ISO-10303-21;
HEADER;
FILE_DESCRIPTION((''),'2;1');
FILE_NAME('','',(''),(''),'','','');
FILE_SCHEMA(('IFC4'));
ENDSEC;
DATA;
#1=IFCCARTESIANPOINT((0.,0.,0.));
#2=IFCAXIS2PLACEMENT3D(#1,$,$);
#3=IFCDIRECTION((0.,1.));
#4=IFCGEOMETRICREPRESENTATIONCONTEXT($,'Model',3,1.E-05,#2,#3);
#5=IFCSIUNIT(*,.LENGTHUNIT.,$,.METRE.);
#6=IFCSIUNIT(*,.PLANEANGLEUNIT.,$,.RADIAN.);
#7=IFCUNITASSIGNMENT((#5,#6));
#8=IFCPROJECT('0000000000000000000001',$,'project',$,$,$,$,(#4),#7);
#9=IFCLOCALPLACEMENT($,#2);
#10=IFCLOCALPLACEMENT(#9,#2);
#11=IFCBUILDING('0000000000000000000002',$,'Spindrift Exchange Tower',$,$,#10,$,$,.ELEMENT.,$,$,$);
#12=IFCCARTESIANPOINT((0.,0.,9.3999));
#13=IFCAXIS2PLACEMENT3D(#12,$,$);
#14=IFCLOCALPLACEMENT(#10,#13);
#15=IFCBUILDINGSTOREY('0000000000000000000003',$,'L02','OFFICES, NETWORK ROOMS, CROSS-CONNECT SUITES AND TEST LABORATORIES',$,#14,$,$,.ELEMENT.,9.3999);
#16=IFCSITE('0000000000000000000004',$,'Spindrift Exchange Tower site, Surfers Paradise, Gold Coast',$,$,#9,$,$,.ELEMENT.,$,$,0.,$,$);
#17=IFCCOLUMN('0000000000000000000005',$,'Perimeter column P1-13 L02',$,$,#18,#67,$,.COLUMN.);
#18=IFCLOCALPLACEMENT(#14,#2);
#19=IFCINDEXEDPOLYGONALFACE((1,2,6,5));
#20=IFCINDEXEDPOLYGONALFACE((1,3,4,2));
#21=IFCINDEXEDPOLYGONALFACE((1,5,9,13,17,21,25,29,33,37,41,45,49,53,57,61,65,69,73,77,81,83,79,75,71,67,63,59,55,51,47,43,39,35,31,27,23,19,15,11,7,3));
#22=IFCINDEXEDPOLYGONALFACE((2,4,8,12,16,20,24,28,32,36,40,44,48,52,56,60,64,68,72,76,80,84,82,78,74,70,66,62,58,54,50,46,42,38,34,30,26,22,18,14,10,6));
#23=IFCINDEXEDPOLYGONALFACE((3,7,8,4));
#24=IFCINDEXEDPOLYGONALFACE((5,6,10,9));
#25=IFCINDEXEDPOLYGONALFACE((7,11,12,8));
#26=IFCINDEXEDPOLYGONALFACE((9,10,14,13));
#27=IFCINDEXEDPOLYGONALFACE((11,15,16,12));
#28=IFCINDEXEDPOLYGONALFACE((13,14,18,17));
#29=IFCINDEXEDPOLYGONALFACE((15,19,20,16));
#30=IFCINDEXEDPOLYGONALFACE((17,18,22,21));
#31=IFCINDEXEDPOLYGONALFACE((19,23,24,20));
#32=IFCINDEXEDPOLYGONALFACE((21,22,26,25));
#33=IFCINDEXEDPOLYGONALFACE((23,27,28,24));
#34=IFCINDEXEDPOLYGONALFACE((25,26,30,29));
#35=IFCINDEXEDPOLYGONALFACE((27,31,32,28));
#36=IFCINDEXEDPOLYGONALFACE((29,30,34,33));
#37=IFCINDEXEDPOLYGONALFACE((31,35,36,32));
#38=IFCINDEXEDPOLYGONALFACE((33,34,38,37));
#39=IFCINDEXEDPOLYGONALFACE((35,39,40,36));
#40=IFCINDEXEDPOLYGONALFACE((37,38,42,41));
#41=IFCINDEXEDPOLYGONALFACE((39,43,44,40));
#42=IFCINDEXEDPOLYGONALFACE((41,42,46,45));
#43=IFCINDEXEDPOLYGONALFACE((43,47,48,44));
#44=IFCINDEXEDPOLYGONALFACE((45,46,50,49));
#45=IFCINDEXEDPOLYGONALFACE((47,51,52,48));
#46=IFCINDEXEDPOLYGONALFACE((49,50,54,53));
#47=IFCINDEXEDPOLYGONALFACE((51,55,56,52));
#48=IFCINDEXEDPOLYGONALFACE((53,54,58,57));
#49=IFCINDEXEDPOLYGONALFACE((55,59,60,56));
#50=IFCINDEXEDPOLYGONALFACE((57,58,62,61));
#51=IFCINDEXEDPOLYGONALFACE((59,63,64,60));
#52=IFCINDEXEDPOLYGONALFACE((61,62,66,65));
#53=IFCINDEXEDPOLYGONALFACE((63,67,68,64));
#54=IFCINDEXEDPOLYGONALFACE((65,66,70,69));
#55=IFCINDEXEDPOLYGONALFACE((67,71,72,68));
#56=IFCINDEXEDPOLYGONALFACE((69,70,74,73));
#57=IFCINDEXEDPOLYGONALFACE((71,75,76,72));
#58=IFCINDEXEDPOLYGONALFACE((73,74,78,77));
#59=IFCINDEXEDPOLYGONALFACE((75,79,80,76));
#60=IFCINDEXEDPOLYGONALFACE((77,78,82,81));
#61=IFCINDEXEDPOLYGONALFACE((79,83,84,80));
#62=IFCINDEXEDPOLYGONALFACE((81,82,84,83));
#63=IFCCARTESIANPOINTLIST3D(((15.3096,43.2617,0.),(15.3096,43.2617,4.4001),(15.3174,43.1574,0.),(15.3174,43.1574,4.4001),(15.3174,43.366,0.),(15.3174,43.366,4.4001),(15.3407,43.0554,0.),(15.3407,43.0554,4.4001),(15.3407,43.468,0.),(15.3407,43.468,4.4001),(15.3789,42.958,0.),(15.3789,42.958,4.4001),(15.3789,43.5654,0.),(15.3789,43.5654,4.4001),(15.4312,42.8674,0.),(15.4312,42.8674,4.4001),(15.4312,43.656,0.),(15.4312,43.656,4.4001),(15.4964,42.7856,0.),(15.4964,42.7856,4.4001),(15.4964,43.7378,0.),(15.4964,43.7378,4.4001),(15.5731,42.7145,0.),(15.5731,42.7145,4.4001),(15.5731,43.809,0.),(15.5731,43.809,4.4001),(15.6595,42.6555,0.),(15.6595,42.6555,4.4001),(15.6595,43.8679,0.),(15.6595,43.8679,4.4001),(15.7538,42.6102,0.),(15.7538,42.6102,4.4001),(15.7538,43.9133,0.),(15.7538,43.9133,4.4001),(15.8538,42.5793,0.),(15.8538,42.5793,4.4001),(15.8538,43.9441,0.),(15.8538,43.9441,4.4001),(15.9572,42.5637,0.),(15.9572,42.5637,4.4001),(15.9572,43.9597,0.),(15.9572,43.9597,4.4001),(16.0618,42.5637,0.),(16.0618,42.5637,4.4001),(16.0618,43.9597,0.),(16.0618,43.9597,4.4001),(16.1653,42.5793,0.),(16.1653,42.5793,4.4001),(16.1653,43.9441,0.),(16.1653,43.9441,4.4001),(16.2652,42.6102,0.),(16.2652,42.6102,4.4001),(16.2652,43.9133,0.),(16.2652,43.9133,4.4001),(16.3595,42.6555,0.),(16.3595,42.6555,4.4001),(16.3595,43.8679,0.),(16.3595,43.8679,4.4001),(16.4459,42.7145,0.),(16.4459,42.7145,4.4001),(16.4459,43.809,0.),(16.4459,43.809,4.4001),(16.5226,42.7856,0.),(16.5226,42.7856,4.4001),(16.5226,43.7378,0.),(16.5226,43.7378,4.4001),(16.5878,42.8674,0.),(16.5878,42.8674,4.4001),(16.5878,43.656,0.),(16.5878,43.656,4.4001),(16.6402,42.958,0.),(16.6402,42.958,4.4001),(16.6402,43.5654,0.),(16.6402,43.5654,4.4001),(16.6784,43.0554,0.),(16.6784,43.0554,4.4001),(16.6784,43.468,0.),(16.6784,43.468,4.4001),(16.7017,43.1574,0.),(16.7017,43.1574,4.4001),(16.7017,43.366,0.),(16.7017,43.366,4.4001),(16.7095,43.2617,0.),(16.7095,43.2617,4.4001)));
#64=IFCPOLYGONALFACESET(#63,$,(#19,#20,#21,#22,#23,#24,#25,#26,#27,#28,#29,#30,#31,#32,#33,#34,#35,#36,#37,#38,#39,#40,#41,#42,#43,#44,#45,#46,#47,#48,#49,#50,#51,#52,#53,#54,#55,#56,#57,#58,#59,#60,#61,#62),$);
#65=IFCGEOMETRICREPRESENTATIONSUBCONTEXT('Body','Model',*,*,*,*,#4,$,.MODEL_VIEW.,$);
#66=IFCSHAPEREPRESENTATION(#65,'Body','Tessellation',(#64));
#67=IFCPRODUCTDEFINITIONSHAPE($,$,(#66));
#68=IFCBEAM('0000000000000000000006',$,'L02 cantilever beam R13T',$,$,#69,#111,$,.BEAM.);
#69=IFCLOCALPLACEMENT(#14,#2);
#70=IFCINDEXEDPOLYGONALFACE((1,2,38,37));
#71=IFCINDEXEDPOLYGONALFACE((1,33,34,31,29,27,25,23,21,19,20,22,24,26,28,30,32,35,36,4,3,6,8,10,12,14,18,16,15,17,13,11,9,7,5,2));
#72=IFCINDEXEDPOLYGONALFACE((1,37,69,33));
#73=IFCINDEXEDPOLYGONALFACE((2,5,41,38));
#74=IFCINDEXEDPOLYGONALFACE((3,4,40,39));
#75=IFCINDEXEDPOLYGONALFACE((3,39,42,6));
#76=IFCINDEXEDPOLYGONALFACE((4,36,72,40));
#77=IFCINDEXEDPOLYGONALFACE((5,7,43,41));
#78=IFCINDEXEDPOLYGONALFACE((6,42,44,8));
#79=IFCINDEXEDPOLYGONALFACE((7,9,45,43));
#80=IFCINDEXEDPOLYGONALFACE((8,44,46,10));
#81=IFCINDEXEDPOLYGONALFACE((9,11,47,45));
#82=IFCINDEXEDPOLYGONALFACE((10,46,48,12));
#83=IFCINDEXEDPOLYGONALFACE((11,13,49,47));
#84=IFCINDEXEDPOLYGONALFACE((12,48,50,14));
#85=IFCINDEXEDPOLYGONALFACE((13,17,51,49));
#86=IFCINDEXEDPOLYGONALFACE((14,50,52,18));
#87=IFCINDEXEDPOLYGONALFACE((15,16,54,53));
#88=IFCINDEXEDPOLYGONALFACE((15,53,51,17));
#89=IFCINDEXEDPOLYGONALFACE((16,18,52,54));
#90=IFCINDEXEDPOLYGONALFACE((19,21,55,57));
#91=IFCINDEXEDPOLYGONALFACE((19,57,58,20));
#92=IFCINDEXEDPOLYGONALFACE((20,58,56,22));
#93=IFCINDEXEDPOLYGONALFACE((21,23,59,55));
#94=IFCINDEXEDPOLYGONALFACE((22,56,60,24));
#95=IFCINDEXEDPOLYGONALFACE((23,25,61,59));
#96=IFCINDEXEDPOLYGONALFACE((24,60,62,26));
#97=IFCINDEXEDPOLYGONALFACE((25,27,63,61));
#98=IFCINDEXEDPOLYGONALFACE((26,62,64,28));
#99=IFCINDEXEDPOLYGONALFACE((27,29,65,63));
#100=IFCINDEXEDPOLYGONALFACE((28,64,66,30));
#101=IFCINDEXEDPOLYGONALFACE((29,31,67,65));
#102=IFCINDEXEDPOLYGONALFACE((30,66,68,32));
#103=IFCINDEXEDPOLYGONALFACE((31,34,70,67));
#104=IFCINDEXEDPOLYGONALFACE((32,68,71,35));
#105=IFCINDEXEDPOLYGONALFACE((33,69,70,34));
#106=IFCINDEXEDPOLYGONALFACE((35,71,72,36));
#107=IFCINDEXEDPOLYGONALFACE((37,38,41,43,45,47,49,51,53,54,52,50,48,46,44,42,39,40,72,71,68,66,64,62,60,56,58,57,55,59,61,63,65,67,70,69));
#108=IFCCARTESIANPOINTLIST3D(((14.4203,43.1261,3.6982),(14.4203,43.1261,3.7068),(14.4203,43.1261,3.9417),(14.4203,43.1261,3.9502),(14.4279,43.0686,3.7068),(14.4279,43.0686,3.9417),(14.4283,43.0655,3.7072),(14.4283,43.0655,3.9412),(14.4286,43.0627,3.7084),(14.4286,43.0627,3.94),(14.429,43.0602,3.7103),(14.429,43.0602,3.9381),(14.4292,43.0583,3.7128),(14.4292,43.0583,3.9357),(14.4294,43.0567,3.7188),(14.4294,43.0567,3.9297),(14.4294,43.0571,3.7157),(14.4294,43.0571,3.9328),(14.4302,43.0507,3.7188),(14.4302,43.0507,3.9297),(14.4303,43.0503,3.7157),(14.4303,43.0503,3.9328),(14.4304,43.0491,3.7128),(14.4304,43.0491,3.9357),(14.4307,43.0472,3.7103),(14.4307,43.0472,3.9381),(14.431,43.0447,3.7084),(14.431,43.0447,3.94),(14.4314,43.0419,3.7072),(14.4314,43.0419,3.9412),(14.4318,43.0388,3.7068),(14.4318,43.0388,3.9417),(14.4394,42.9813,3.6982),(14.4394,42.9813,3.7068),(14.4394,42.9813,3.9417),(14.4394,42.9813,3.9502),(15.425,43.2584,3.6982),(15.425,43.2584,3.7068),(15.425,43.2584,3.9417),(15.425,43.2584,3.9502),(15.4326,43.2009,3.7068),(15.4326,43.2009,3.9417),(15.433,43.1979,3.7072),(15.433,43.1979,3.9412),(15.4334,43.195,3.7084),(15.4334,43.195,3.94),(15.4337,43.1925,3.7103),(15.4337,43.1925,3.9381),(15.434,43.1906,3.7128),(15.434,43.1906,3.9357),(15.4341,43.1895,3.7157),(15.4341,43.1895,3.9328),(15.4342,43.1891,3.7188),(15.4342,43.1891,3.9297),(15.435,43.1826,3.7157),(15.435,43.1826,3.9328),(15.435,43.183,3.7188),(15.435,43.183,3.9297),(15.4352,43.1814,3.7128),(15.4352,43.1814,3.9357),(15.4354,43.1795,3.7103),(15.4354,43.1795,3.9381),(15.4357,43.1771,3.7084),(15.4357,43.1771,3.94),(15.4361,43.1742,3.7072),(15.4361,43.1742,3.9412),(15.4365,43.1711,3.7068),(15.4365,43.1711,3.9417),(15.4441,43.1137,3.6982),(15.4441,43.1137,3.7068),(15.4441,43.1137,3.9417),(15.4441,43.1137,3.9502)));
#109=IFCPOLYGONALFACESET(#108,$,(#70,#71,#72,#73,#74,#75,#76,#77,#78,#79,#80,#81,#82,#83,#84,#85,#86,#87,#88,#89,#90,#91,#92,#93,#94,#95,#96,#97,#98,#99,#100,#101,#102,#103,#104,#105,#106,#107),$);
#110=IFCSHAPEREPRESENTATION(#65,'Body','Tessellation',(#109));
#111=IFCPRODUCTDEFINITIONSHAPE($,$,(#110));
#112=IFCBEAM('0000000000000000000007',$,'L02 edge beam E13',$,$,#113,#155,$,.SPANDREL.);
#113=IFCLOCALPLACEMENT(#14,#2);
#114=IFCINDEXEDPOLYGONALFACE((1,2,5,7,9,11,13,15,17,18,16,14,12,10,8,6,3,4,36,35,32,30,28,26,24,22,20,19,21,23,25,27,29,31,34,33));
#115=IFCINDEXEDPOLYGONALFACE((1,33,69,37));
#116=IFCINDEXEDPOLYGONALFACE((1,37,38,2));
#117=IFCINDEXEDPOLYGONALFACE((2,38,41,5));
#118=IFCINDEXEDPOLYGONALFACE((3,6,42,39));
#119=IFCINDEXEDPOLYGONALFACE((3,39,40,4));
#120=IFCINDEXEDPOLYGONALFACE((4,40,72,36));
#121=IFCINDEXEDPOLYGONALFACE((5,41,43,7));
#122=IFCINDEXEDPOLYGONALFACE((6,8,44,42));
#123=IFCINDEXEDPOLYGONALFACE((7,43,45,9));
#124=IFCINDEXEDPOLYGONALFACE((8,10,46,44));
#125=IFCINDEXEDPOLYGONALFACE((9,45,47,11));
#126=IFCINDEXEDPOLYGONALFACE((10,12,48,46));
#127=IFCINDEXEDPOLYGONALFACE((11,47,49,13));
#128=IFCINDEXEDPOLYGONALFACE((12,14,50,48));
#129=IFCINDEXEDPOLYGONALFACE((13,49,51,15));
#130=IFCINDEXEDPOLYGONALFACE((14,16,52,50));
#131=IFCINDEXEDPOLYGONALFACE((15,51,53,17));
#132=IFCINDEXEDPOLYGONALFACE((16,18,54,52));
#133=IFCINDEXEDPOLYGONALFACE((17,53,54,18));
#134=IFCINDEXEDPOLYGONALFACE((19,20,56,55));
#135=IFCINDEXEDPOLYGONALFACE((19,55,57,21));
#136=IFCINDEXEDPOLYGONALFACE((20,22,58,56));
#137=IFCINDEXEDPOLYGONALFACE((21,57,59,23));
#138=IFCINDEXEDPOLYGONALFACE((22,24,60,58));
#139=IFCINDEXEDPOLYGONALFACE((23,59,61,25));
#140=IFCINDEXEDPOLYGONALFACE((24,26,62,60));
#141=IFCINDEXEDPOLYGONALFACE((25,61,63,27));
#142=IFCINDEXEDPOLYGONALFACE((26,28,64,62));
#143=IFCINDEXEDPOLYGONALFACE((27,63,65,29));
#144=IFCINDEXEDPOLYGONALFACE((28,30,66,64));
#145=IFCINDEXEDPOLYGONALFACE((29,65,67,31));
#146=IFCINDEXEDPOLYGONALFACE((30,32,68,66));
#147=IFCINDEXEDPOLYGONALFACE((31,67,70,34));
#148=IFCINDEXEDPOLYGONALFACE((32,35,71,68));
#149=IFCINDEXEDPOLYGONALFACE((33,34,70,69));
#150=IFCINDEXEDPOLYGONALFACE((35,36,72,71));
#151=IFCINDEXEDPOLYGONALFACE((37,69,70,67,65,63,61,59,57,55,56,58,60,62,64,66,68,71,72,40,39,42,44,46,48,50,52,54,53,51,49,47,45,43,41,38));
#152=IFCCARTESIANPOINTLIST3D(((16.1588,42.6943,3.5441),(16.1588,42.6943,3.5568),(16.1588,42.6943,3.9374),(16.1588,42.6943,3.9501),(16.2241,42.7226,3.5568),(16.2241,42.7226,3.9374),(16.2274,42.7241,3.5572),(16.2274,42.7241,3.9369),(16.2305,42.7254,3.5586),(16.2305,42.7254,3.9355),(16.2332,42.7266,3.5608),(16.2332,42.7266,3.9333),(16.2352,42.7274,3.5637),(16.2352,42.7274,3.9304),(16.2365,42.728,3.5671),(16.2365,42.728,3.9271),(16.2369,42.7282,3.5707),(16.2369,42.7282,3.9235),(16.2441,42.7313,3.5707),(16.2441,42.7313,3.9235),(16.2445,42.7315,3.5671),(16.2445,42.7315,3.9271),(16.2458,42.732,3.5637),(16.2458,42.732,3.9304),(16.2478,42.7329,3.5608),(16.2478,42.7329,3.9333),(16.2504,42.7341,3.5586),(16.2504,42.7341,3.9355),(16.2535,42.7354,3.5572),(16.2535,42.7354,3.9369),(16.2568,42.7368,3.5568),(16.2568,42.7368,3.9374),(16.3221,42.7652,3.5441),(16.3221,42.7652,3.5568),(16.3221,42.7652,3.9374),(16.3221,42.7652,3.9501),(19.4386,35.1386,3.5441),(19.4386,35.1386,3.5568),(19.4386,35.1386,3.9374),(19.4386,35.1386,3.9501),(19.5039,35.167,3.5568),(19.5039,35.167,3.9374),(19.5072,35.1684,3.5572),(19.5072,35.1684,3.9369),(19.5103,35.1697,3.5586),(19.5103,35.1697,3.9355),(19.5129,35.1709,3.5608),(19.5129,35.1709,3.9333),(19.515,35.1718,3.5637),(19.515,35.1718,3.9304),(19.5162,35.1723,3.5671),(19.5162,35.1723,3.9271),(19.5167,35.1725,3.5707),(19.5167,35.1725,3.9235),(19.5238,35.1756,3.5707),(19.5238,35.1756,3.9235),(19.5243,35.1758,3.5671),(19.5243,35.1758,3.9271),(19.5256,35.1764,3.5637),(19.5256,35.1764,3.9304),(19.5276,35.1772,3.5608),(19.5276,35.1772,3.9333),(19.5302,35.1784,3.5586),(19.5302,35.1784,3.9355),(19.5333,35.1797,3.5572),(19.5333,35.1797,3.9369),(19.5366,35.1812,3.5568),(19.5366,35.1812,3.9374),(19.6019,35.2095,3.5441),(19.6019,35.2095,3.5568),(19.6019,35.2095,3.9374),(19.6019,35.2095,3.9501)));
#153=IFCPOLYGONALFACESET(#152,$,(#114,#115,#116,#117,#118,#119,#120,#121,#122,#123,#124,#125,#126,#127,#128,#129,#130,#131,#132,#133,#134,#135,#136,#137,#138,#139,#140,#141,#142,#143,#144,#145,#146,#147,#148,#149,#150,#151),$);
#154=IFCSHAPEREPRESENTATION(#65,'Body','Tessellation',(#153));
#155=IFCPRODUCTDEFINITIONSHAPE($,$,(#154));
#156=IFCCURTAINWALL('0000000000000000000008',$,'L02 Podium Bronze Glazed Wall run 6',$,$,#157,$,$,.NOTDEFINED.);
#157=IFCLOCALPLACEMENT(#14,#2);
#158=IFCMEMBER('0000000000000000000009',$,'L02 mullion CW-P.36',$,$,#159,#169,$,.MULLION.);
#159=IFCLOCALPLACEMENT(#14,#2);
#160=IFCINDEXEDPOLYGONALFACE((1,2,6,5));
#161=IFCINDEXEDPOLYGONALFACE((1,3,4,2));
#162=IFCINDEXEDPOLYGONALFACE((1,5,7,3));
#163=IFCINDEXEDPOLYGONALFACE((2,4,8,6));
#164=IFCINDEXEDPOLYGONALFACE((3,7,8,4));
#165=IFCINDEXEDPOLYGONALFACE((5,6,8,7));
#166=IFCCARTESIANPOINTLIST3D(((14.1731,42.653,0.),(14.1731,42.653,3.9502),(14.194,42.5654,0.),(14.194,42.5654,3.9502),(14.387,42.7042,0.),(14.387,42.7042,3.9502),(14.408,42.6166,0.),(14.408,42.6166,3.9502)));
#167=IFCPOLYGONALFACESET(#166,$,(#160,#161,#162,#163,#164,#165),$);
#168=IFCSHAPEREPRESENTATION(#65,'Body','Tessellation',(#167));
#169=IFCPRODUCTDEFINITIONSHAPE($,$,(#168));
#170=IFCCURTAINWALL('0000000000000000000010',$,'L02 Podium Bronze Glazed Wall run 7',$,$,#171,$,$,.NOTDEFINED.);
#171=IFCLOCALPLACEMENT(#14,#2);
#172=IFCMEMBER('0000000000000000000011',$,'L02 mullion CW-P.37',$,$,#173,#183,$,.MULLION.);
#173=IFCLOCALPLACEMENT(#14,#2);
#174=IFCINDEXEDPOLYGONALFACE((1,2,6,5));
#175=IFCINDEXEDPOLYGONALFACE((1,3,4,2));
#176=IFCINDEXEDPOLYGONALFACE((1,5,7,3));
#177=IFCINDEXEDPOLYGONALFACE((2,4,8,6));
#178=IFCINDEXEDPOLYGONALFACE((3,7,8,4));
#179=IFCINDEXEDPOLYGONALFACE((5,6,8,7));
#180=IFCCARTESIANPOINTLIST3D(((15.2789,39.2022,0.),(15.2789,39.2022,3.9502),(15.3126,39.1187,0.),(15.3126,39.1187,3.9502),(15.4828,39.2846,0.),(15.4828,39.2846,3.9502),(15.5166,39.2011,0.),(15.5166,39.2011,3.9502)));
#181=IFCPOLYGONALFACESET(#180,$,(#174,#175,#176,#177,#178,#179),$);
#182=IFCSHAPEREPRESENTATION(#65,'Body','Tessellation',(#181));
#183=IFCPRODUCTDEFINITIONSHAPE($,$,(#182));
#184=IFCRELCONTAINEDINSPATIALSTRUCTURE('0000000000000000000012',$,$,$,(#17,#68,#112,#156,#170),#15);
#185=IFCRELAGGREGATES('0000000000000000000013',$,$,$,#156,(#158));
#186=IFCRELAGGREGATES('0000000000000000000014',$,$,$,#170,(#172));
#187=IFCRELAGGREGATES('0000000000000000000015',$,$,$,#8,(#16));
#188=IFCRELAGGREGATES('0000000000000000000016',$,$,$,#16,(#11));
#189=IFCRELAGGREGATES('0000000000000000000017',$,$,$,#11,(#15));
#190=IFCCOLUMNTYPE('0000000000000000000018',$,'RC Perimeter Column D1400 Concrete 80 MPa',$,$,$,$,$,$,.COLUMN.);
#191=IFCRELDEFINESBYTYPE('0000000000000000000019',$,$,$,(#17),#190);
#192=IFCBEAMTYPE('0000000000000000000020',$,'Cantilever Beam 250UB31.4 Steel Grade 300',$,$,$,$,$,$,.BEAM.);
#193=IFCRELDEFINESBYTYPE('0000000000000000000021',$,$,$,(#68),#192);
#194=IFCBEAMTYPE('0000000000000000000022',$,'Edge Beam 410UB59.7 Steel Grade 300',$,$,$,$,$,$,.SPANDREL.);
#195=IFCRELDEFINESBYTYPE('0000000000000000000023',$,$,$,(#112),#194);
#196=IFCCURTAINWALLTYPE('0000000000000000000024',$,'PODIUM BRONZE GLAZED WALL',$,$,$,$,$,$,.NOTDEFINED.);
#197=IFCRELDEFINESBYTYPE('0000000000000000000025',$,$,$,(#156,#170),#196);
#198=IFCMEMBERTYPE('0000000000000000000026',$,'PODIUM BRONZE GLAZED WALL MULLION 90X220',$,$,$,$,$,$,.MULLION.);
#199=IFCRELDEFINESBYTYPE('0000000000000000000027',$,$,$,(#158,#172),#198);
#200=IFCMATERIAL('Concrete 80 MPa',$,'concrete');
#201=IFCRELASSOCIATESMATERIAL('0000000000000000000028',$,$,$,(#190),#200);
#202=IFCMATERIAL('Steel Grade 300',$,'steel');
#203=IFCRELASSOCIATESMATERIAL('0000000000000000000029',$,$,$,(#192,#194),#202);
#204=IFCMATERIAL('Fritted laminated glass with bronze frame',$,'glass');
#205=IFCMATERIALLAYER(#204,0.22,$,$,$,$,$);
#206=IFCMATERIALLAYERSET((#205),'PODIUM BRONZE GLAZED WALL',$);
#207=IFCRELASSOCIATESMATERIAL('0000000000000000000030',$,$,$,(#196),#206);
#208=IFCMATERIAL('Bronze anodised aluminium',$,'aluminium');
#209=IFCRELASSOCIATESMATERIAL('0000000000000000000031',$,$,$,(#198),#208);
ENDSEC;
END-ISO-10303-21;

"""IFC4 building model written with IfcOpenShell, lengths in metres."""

from ifc_helpers import new_model, si_unit, direction, frame, origin, origin_2d, place, context, subcontext, project, spatial, rectangle, circle, i_section, extrude, source, transform, mapped, material, layer, layer_set, material_profile, profile_set, type_object, element, aggregate, save


model = new_model("IFC4")

# Units and contexts
model_context = context("Model", 3, precision=1e-05, world=origin(), true_north=direction((0.0, 1.0)))
body_context = subcontext(model_context, "Body", "Model", "MODEL_VIEW")
ifc_project = project(units=[si_unit("LENGTHUNIT", "METRE"), si_unit("PLANEANGLEUNIT", "RADIAN")], contexts=[model_context])

# Site, building, storey
site_placement = place(None, origin())
site = spatial("IfcSite", under=ifc_project, at=site_placement, Name="Spindrift Exchange Tower site, Surfers Paradise, Gold Coast", CompositionType="ELEMENT", RefElevation=0.0)
building_placement = place(site_placement, origin())
building = spatial("IfcBuilding", under=site, at=building_placement, Name="Spindrift Exchange Tower", CompositionType="ELEMENT")
storey_placement = place(building_placement, frame((0.0, 0.0, 9.3999)))
storey = spatial("IfcBuildingStorey", under=building, at=storey_placement, Name="L02", Description="OFFICES, NETWORK ROOMS, CROSS-CONNECT SUITES AND TEST LABORATORIES", CompositionType="ELEMENT", Elevation=9.3999)

# Column
ifc_material_1 = material(Name="Concrete 80 MPa", Category="concrete")
ifc_material_profile_1 = material_profile(ifc_material_1, circle(Radius=0.7, at=origin_2d()), Name="RC D1400")
ifc_profile_set_1 = profile_set([ifc_material_profile_1], Name="Concrete 80 MPa")
column_type = type_object("IfcColumnType", Name="RC Perimeter Column D1400 Concrete 80 MPa", PredefinedType="COLUMN", material=ifc_profile_set_1)
shared_shape_1 = source(origin(), body_context, "Body", "SweptSolid", [
    extrude(circle(Radius=0.7, at=origin_2d()), origin(), (0.0, 0.0, 1.0), 4.4001),
])
column_placement = place(storey_placement, frame((16.0095, 43.2617, 0.0), z_axis=(0.0, 0.0, 1.0), x_axis=(1.0, 0.0, 0.0)))
element("IfcColumn", 1, at=column_placement, inside=storey, type_object=column_type, Name="Perimeter column P1-13 L02", PredefinedType="COLUMN", context=body_context, shape_type="MappedRepresentation", body=[
    mapped(shared_shape_1, transform((0.0, 0.0, 0.0), scale=1.0)),
])

# Beams
ifc_material_2 = material(Name="Steel Grade 300", Category="steel")
ifc_material_profile_2 = material_profile(ifc_material_2, i_section(OverallWidth=0.146, OverallDepth=0.252, WebThickness=0.0061, FlangeThickness=0.0085, FilletRadius=0.012, at=origin_2d()), Name="250UB31.4")
ifc_profile_set_2 = profile_set([ifc_material_profile_2], Name="Steel Grade 300")
beam_type_1 = type_object("IfcBeamType", Name="Cantilever Beam 250UB31.4 Steel Grade 300", PredefinedType="BEAM", material=ifc_profile_set_2)
shared_shape_2 = source(origin(), body_context, "Body", "SweptSolid", [
    extrude(i_section(OverallWidth=0.146, OverallDepth=0.252, WebThickness=0.0061, FlangeThickness=0.0085, FilletRadius=0.012, at=origin_2d()), origin(), (0.0, 0.0, 1.0), 1.0134),
])
beam_1_placement = place(storey_placement, frame((15.4346, 43.186, 3.8242), z_axis=(-0.991437, -0.130585, 0.0), x_axis=(0.130585, -0.991437, 0.0)))
element("IfcBeam", 2, at=beam_1_placement, inside=storey, type_object=beam_type_1, Name="L02 cantilever beam R13T", PredefinedType="BEAM", context=body_context, shape_type="MappedRepresentation", body=[
    mapped(shared_shape_2, transform((0.0, 0.0, 0.0), scale=1.0)),
])
ifc_material_profile_3 = material_profile(ifc_material_2, i_section(OverallWidth=0.178, OverallDepth=0.406, WebThickness=0.0078, FlangeThickness=0.0127, FilletRadius=0.0139, at=origin_2d()), Name="410UB59.7")
ifc_profile_set_3 = profile_set([ifc_material_profile_3], Name="Steel Grade 300")
beam_type_2 = type_object("IfcBeamType", Name="Edge Beam 410UB59.7 Steel Grade 300", PredefinedType="SPANDREL", material=ifc_profile_set_3)
shared_shape_3 = source(origin(), body_context, "Body", "SweptSolid", [
    extrude(i_section(OverallWidth=0.178, OverallDepth=0.406, WebThickness=0.0078, FlangeThickness=0.0127, FilletRadius=0.0139, at=origin_2d()), origin(), (0.0, 0.0, 1.0), 8.2368),
])
beam_2_placement = place(storey_placement, frame((16.2405, 42.7297, 3.7471), z_axis=(0.398186, -0.917305, 0.0), x_axis=(0.917305, 0.398186, 0.0)))
element("IfcBeam", 3, at=beam_2_placement, inside=storey, type_object=beam_type_2, Name="L02 edge beam E13", PredefinedType="SPANDREL", context=body_context, shape_type="MappedRepresentation", body=[
    mapped(shared_shape_3, transform((0.0, 0.0, 0.0), scale=1.0)),
])

# Curtain wall, member
ifc_material_3 = material(Name="Fritted laminated glass with bronze frame", Category="glass")
ifc_layer_1 = layer(ifc_material_3, 0.22)
ifc_layer_set_1 = layer_set([ifc_layer_1], Name="PODIUM BRONZE GLAZED WALL")
curtain_wall_type = type_object("IfcCurtainWallType", Name="PODIUM BRONZE GLAZED WALL", PredefinedType="NOTDEFINED", material=ifc_layer_set_1)
curtain_wall_1_placement = place(storey_placement, origin())
curtain_wall_1 = element("IfcCurtainWall", 4, at=curtain_wall_1_placement, inside=storey, type_object=curtain_wall_type, Name="L02 Podium Bronze Glazed Wall run 6", PredefinedType="NOTDEFINED")
ifc_material_4 = material(Name="Bronze anodised aluminium", Category="aluminium")
ifc_material_profile_4 = material_profile(ifc_material_4, rectangle(XDim=0.0901, YDim=0.22, at=origin_2d()), Name="PODIUM BRONZE GLAZED WALL MULLION 90X220")
ifc_profile_set_4 = profile_set([ifc_material_profile_4], Name="Bronze anodised aluminium")
member_type_1 = type_object("IfcMemberType", Name="PODIUM BRONZE GLAZED WALL MULLION 90X220", PredefinedType="MULLION", material=ifc_profile_set_4)
shared_shape_4 = source(origin(), body_context, "Body", "SweptSolid", [
    extrude(rectangle(XDim=0.0901, YDim=0.22, at=origin_2d()), origin(), (0.0, 0.0, 1.0), 3.9502),
])
member_1_placement = place(storey_placement, frame((14.2905, 42.6348, 0.0), z_axis=(0.0, 0.0, 1.0), x_axis=(0.232738, -0.972539, 0.0)))
member_1 = element("IfcMember", 5, at=member_1_placement, type_object=member_type_1, Name="L02 mullion CW-P.36", PredefinedType="MULLION", context=body_context, shape_type="MappedRepresentation", body=[
    mapped(shared_shape_4, transform((0.0, 0.0, 0.0), scale=1.0)),
])

# Curtain wall, member
curtain_wall_2_placement = place(storey_placement, origin())
curtain_wall_2 = element("IfcCurtainWall", 6, at=curtain_wall_2_placement, inside=storey, type_object=curtain_wall_type, Name="L02 Podium Bronze Glazed Wall run 7", PredefinedType="NOTDEFINED")
member_2_placement = place(storey_placement, frame((15.3977, 39.2017, 0.0), z_axis=(0.0, 0.0, 1.0), x_axis=(0.374832, -0.927093, 0.0)))
member_2 = element("IfcMember", 7, at=member_2_placement, type_object=member_type_1, Name="L02 mullion CW-P.37", PredefinedType="MULLION", context=body_context, shape_type="MappedRepresentation", body=[
    mapped(shared_shape_4, transform((0.0, 0.0, 0.0), scale=1.0)),
])

aggregate(curtain_wall_1, [member_1])
aggregate(curtain_wall_2, [member_2])

save(model, "model.ifc")
